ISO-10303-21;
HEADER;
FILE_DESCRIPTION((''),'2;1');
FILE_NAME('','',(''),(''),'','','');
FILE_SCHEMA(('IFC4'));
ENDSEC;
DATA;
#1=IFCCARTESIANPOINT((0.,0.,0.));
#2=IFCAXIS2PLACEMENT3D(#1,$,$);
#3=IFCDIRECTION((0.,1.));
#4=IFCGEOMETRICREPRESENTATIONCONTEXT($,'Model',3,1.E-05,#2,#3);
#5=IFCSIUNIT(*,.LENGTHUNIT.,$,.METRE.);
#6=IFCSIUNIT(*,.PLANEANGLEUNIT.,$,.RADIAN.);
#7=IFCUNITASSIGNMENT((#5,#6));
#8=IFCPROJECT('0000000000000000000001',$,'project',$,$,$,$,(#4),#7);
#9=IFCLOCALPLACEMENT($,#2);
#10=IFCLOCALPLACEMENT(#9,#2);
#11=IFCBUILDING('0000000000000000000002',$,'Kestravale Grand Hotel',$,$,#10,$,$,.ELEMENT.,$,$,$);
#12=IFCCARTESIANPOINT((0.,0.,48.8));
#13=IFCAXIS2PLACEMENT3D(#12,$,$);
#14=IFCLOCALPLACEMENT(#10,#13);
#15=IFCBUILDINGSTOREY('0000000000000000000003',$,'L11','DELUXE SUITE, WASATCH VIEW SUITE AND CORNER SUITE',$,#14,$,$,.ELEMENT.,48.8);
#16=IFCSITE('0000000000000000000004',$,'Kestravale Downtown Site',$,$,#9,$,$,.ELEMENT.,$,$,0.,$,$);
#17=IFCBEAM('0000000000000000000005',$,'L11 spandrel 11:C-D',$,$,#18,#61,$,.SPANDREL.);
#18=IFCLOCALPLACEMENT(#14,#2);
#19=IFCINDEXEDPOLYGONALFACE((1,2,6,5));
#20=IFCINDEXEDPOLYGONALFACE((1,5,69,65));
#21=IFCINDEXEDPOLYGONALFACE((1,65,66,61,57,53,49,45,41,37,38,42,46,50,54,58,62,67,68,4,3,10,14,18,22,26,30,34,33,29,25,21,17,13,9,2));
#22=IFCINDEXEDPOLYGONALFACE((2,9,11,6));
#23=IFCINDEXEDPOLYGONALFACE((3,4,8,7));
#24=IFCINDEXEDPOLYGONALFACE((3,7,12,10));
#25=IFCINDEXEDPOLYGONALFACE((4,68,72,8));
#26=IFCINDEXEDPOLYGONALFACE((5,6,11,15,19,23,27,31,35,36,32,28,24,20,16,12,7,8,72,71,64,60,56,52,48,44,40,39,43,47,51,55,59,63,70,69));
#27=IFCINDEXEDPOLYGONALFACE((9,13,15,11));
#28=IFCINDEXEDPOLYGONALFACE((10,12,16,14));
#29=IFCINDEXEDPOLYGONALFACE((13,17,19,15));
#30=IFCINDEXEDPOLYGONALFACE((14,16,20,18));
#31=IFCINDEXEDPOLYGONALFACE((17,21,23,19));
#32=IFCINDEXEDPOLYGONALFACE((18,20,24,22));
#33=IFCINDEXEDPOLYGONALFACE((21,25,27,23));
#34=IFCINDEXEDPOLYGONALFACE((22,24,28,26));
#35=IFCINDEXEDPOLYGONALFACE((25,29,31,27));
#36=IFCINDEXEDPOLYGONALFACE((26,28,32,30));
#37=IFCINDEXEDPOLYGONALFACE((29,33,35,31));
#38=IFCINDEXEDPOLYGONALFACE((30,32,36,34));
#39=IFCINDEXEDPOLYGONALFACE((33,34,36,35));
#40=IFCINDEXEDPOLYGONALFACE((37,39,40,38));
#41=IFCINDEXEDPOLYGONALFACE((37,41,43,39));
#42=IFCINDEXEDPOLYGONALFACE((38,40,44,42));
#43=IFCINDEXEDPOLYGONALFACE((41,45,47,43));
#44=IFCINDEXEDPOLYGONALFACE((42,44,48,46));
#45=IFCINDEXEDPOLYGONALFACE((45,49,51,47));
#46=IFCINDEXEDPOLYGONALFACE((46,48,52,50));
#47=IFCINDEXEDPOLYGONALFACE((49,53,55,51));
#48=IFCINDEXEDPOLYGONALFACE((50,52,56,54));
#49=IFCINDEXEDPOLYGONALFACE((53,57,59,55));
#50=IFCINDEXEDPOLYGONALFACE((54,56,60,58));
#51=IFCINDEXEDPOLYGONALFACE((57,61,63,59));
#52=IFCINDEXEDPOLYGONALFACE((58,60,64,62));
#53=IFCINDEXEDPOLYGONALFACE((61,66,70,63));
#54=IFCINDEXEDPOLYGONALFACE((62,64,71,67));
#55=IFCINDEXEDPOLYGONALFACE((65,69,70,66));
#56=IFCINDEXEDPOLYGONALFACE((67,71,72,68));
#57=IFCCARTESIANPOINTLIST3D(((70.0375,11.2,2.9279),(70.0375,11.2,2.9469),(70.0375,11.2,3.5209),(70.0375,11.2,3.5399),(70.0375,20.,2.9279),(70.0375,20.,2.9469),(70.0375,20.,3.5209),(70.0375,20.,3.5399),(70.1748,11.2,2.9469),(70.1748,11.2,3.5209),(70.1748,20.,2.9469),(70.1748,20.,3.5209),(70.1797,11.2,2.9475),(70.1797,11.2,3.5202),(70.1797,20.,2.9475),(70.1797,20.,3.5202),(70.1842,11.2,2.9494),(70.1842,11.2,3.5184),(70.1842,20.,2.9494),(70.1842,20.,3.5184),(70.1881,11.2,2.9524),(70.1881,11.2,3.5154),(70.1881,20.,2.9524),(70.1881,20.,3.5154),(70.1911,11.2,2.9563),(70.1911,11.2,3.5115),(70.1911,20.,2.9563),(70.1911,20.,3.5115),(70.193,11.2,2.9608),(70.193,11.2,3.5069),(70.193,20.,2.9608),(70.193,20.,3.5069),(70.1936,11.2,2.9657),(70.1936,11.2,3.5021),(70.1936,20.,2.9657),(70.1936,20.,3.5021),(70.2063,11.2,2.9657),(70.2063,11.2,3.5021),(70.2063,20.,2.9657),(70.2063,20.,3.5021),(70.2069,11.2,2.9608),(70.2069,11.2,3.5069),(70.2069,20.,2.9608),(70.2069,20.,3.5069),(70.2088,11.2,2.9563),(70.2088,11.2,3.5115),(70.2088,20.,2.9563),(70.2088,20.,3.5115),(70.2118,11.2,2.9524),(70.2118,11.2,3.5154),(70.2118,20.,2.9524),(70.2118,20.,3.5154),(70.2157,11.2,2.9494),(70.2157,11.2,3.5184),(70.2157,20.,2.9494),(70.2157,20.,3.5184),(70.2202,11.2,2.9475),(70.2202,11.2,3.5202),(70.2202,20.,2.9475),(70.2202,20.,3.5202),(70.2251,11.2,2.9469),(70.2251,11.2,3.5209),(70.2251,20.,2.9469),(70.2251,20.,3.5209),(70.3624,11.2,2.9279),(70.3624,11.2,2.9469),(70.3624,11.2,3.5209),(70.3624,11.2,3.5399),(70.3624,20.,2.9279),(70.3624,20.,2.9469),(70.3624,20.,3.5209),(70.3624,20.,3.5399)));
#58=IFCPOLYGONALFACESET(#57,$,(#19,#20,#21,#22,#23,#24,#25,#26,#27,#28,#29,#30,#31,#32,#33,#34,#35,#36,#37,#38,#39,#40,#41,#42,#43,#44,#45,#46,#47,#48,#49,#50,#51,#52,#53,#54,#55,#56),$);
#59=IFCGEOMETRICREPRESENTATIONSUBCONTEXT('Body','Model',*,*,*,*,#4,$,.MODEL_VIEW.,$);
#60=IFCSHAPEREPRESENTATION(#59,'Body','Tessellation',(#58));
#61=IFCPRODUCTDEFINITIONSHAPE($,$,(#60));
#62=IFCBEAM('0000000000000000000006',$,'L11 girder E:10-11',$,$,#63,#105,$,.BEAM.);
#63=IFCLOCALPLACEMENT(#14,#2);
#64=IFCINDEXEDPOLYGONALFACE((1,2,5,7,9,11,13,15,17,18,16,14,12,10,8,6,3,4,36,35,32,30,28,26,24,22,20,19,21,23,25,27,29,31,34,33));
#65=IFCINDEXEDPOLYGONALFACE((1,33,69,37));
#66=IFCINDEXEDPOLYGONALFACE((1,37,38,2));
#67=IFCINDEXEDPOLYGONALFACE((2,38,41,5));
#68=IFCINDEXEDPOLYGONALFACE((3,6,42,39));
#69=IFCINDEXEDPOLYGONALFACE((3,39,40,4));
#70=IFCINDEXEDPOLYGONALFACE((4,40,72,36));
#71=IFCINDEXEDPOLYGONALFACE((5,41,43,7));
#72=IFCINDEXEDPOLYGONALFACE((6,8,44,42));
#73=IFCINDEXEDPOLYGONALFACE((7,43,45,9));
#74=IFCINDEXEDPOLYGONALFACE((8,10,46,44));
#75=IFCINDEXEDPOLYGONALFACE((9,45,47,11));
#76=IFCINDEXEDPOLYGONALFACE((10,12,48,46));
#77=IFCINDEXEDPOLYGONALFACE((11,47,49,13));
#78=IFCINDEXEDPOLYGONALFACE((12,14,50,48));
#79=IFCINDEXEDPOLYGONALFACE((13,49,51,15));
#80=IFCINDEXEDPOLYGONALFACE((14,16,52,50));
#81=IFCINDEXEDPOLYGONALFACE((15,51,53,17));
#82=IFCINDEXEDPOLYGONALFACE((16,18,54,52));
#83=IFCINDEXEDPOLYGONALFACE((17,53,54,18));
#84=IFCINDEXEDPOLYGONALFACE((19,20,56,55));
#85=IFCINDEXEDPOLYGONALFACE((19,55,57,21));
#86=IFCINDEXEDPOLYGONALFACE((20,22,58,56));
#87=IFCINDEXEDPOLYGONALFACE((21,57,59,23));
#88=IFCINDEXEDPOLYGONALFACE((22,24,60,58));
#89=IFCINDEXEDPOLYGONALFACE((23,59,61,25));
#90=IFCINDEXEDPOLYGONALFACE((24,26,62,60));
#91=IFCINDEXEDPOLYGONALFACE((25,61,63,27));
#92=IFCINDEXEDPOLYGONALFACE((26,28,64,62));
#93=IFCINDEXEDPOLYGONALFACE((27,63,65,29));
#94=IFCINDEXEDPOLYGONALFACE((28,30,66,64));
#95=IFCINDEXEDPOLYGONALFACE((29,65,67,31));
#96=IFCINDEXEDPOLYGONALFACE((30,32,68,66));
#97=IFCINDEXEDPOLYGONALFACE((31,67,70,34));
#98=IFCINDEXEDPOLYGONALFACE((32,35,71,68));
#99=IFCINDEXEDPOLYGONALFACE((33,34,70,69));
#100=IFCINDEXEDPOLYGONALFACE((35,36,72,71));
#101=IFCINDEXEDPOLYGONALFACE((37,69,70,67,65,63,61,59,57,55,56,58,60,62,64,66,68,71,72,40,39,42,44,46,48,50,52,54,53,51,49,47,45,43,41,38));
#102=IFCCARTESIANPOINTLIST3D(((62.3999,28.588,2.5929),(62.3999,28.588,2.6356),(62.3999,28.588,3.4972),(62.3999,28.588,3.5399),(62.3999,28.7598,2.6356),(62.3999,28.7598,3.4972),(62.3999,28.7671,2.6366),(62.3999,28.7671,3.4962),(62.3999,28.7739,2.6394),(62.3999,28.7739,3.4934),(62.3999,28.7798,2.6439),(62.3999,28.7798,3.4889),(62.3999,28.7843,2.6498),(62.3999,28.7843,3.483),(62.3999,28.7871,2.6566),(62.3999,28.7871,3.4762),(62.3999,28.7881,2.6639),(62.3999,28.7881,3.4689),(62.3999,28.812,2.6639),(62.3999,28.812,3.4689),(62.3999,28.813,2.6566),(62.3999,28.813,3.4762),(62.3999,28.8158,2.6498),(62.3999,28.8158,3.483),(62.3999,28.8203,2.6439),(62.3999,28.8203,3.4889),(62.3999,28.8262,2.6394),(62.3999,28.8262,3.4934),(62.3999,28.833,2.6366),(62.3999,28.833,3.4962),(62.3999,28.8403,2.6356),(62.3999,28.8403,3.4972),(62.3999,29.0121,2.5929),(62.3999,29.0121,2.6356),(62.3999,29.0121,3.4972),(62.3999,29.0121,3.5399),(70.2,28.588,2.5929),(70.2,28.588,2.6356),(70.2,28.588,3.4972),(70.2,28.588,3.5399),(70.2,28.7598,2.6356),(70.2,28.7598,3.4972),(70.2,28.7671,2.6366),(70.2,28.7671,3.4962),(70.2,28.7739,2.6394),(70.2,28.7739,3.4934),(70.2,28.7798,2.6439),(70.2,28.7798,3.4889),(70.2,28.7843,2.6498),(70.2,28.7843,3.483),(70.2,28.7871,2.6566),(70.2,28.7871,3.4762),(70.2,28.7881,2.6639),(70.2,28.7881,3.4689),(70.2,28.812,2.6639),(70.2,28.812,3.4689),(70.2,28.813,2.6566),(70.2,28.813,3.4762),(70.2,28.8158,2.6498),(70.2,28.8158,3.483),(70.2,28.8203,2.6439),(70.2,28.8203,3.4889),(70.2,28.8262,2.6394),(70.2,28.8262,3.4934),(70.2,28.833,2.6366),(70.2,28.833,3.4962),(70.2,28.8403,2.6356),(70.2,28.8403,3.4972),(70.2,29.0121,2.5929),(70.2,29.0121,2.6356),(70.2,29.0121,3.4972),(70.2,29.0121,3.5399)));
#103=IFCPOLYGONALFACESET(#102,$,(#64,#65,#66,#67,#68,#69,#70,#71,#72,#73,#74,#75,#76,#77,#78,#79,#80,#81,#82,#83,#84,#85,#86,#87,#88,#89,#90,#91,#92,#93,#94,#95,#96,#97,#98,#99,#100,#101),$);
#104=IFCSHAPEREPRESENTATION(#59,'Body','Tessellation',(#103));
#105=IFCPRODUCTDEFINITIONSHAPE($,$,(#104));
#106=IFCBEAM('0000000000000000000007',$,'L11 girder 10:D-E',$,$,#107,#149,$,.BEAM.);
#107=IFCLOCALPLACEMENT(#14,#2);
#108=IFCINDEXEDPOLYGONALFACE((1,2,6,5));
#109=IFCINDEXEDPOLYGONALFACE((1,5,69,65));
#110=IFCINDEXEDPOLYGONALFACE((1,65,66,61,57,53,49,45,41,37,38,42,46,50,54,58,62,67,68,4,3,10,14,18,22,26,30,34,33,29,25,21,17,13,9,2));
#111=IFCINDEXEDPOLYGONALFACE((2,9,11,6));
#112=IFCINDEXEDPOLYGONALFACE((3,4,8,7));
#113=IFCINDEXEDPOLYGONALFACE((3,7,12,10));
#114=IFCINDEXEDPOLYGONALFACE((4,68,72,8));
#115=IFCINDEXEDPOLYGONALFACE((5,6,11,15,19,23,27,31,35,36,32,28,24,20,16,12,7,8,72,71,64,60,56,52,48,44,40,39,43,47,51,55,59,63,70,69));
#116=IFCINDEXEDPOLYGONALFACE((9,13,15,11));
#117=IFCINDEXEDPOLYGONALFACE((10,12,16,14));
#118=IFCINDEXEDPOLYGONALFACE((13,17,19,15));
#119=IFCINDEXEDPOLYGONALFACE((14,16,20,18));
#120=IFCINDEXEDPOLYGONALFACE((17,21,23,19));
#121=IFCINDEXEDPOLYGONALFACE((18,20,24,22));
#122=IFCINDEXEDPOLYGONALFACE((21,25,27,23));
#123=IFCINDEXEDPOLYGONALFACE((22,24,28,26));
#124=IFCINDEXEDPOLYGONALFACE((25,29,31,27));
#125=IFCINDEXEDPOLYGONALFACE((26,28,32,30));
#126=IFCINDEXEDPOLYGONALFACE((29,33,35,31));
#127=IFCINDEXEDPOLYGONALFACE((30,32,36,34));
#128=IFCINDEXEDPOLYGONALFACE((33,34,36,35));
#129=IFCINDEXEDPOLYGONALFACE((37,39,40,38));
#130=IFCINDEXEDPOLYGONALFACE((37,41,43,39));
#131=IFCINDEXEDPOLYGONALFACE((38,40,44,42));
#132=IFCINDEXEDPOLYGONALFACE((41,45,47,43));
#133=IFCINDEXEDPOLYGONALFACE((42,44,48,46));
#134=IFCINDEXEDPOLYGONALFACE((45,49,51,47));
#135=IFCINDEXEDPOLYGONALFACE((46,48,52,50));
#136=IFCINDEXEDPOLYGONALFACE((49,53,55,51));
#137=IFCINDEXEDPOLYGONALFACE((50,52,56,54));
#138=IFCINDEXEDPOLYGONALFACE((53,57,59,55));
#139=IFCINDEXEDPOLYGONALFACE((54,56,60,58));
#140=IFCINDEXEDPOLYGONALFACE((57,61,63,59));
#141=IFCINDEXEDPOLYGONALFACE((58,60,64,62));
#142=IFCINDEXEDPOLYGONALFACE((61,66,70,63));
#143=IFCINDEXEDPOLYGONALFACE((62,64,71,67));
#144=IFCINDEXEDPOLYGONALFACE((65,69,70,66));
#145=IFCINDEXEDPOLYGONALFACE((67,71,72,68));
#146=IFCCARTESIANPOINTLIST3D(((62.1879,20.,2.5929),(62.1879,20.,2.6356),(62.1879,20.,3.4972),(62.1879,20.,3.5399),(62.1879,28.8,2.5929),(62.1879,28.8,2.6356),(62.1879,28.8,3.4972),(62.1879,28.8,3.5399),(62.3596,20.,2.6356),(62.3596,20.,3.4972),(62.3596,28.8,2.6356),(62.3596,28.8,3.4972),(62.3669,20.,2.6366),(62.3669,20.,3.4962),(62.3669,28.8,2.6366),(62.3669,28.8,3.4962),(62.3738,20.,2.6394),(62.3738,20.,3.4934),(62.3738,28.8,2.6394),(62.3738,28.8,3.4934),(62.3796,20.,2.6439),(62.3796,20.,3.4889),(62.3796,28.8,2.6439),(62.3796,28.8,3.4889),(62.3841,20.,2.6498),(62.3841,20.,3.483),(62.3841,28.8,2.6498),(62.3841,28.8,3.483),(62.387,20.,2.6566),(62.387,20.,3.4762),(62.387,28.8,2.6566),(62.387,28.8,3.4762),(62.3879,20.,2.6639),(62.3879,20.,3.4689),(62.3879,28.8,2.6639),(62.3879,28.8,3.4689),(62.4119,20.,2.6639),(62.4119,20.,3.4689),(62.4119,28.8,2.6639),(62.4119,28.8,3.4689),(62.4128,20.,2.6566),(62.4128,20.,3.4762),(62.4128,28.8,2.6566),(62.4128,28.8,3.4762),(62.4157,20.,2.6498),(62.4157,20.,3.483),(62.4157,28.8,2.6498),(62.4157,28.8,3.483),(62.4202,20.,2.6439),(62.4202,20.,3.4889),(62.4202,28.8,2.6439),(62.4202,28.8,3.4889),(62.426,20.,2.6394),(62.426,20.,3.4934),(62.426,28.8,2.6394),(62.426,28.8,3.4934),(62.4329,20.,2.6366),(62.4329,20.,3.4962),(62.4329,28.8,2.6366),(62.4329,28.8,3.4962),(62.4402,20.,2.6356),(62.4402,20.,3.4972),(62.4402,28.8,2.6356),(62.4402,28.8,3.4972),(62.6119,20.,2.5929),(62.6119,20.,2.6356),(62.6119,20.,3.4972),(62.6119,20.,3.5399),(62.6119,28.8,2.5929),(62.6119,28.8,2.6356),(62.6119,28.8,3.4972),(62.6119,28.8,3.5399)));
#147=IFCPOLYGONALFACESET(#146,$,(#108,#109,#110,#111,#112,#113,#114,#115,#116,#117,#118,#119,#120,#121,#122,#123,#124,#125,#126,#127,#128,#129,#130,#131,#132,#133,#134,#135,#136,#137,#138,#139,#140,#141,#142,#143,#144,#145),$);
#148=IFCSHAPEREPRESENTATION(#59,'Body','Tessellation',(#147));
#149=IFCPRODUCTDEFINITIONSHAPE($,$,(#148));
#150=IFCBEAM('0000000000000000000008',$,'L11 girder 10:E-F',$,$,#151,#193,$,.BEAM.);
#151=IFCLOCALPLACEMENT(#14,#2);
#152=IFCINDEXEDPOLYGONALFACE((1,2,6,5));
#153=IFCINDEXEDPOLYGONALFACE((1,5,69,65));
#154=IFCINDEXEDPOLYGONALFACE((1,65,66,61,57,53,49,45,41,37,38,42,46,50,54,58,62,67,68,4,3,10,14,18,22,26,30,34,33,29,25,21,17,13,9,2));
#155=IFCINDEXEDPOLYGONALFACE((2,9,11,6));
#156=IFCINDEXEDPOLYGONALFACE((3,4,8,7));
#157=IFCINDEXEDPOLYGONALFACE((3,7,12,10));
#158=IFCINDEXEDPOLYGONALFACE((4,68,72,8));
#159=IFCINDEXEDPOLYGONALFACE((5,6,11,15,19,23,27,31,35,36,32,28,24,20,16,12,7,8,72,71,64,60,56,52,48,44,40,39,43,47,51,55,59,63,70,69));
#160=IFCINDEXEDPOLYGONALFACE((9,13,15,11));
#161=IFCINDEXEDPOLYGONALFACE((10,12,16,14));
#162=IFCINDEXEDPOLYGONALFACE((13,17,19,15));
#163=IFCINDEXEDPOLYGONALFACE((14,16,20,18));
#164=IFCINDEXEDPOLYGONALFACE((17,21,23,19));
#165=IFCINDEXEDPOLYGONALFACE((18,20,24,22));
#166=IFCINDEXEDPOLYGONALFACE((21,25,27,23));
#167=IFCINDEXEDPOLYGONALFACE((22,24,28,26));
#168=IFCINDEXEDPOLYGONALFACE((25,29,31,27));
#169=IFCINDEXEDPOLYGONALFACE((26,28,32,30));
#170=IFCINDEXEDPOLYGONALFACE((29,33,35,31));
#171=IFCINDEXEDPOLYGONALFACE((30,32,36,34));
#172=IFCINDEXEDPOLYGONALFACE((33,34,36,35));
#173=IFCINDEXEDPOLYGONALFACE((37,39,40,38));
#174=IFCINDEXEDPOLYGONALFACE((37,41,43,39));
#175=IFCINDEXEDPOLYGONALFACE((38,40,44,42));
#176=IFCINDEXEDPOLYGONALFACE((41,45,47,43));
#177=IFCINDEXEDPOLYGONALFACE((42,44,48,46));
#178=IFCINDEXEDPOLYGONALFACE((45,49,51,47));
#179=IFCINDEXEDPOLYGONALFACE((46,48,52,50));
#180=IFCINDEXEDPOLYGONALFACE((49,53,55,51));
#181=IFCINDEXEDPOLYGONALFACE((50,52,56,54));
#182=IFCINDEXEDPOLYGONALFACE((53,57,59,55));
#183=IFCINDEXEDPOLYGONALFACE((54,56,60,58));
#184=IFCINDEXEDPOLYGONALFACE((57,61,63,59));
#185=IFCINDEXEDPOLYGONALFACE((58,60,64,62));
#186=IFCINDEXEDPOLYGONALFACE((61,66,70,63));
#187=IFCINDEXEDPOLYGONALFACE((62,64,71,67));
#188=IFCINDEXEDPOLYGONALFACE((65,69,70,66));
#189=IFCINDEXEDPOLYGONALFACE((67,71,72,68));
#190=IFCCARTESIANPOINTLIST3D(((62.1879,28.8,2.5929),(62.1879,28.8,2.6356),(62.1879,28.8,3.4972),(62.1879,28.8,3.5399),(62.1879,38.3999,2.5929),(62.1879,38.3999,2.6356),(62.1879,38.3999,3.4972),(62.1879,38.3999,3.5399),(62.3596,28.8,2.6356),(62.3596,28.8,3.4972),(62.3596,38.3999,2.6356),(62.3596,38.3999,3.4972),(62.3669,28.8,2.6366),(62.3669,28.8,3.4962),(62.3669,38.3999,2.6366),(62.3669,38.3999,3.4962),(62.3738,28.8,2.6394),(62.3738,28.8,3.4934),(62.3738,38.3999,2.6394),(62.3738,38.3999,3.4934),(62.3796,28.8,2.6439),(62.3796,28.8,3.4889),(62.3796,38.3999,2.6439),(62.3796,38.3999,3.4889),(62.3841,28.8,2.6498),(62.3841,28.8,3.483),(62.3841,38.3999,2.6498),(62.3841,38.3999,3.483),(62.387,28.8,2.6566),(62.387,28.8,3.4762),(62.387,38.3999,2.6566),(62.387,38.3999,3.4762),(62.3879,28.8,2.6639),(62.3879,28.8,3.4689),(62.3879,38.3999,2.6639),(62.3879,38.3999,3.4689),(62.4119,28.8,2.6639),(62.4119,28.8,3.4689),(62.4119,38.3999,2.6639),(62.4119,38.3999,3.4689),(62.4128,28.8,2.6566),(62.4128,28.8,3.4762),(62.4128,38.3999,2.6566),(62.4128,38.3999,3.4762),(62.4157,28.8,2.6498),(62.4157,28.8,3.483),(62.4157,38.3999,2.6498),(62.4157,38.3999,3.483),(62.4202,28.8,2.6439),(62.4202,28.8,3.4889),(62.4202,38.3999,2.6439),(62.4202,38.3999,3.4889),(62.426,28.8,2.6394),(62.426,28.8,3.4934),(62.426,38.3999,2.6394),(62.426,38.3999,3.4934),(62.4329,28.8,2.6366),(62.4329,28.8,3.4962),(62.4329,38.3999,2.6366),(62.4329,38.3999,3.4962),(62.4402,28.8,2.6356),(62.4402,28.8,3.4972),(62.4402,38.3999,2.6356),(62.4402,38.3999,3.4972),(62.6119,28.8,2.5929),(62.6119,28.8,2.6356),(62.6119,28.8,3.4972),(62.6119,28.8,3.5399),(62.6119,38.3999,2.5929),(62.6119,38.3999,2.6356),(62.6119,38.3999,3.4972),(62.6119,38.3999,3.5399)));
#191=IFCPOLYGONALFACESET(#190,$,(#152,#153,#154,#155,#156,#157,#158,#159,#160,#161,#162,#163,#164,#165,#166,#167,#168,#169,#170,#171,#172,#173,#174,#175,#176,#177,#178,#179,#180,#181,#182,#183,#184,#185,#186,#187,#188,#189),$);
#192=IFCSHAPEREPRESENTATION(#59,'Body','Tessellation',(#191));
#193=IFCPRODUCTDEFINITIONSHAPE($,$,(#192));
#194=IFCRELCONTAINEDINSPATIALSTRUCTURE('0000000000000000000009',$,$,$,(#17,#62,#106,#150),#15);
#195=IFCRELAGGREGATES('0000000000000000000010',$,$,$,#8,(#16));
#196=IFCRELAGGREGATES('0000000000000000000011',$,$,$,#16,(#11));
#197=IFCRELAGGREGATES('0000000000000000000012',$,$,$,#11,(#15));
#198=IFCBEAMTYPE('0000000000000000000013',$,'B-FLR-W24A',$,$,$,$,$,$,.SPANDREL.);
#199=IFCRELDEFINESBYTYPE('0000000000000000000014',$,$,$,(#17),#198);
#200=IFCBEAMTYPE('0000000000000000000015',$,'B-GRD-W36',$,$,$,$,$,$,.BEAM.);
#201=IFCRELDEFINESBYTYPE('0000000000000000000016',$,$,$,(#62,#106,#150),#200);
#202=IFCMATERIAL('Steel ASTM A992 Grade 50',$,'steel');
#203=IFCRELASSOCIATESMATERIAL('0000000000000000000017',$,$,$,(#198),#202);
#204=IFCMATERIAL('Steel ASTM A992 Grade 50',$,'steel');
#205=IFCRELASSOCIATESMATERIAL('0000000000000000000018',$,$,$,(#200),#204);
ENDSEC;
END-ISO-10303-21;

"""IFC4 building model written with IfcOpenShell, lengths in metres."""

from ifc_helpers import new_model, si_unit, direction, frame, origin, origin_2d, place, context, subcontext, project, spatial, i_section, extrude, material, material_profile, profile_set, type_object, element, save


model = new_model("IFC4")

# Units and contexts
model_context = context("Model", 3, precision=1e-05, world=origin(), true_north=direction((0.0, 1.0)))
body_context = subcontext(model_context, "Body", "Model", "MODEL_VIEW")
ifc_project = project(units=[si_unit("LENGTHUNIT", "METRE"), si_unit("PLANEANGLEUNIT", "RADIAN")], contexts=[model_context])

# Site, building, storey
site_placement = place(None, origin())
site = spatial("IfcSite", under=ifc_project, at=site_placement, Name="Kestravale Downtown Site", CompositionType="ELEMENT", RefElevation=0.0)
building_placement = place(site_placement, origin())
building = spatial("IfcBuilding", under=site, at=building_placement, Name="Kestravale Grand Hotel", CompositionType="ELEMENT")
storey_placement = place(building_placement, frame((0.0, 0.0, 48.8)))
storey = spatial("IfcBuildingStorey", under=building, at=storey_placement, Name="L11", Description="DELUXE SUITE, WASATCH VIEW SUITE AND CORNER SUITE", CompositionType="ELEMENT", Elevation=48.8)

# Beams
ifc_material_1 = material(Name="Steel ASTM A992 Grade 50", Category="steel")
ifc_material_profile_1 = material_profile(ifc_material_1, i_section(OverallWidth=0.325, OverallDepth=0.6121, WebThickness=0.0127, FlangeThickness=0.019, FilletRadius=0.0188, at=origin_2d()))
ifc_profile_set_1 = profile_set([ifc_material_profile_1], Name="Steel ASTM A992 Grade 50")
beam_type_1 = type_object("IfcBeamType", Name="B-FLR-W24A", PredefinedType="SPANDREL", material=ifc_profile_set_1)
beam_1_placement = place(storey_placement, frame((70.2, 11.2, 3.2339), z_axis=(0.0, 1.0, 0.0), x_axis=(-1.0, 0.0, 0.0)))
element("IfcBeam", 1, at=beam_1_placement, inside=storey, type_object=beam_type_1, Name="L11 spandrel 11:C-D", PredefinedType="SPANDREL", context=body_context, shape_type="SweptSolid", body=[
    extrude(i_section(OverallWidth=0.325, OverallDepth=0.6121, WebThickness=0.0127, FlangeThickness=0.019, FilletRadius=0.0188, at=origin_2d()), origin(), (0.0, 0.0, 1.0), 8.8),
])
ifc_material_2 = material(Name="Steel ASTM A992 Grade 50", Category="steel")
ifc_material_profile_2 = material_profile(ifc_material_2, i_section(OverallWidth=0.4241, OverallDepth=0.947, WebThickness=0.0239, FlangeThickness=0.0427, FilletRadius=0.0283, at=origin_2d()))
ifc_profile_set_2 = profile_set([ifc_material_profile_2], Name="Steel ASTM A992 Grade 50")
beam_type_2 = type_object("IfcBeamType", Name="B-GRD-W36", PredefinedType="BEAM", material=ifc_profile_set_2)
beam_2_placement = place(storey_placement, frame((62.3999, 28.8, 3.0664), z_axis=(1.0, 0.0, 0.0), x_axis=(0.0, 1.0, 0.0)))
element("IfcBeam", 2, at=beam_2_placement, inside=storey, type_object=beam_type_2, Name="L11 girder E:10-11", PredefinedType="BEAM", context=body_context, shape_type="SweptSolid", body=[
    extrude(i_section(OverallWidth=0.4241, OverallDepth=0.947, WebThickness=0.0239, FlangeThickness=0.0427, FilletRadius=0.0283, at=origin_2d()), origin(), (0.0, 0.0, 1.0), 7.8),
])
beam_3_placement = place(storey_placement, frame((62.3999, 20.0, 3.0664), z_axis=(0.0, 1.0, 0.0), x_axis=(-1.0, 0.0, 0.0)))
element("IfcBeam", 3, at=beam_3_placement, inside=storey, type_object=beam_type_2, Name="L11 girder 10:D-E", PredefinedType="BEAM", context=body_context, shape_type="SweptSolid", body=[
    extrude(i_section(OverallWidth=0.4241, OverallDepth=0.947, WebThickness=0.0239, FlangeThickness=0.0427, FilletRadius=0.0283, at=origin_2d()), origin(), (0.0, 0.0, 1.0), 8.8),
])
beam_4_placement = place(storey_placement, frame((62.3999, 28.8, 3.0664), z_axis=(0.0, 1.0, 0.0), x_axis=(-1.0, 0.0, 0.0)))
element("IfcBeam", 4, at=beam_4_placement, inside=storey, type_object=beam_type_2, Name="L11 girder 10:E-F", PredefinedType="BEAM", context=body_context, shape_type="SweptSolid", body=[
    extrude(i_section(OverallWidth=0.4241, OverallDepth=0.947, WebThickness=0.0239, FlangeThickness=0.0427, FilletRadius=0.0283, at=origin_2d()), origin(), (0.0, 0.0, 1.0), 9.5999),
])

save(model, "model.ifc")
